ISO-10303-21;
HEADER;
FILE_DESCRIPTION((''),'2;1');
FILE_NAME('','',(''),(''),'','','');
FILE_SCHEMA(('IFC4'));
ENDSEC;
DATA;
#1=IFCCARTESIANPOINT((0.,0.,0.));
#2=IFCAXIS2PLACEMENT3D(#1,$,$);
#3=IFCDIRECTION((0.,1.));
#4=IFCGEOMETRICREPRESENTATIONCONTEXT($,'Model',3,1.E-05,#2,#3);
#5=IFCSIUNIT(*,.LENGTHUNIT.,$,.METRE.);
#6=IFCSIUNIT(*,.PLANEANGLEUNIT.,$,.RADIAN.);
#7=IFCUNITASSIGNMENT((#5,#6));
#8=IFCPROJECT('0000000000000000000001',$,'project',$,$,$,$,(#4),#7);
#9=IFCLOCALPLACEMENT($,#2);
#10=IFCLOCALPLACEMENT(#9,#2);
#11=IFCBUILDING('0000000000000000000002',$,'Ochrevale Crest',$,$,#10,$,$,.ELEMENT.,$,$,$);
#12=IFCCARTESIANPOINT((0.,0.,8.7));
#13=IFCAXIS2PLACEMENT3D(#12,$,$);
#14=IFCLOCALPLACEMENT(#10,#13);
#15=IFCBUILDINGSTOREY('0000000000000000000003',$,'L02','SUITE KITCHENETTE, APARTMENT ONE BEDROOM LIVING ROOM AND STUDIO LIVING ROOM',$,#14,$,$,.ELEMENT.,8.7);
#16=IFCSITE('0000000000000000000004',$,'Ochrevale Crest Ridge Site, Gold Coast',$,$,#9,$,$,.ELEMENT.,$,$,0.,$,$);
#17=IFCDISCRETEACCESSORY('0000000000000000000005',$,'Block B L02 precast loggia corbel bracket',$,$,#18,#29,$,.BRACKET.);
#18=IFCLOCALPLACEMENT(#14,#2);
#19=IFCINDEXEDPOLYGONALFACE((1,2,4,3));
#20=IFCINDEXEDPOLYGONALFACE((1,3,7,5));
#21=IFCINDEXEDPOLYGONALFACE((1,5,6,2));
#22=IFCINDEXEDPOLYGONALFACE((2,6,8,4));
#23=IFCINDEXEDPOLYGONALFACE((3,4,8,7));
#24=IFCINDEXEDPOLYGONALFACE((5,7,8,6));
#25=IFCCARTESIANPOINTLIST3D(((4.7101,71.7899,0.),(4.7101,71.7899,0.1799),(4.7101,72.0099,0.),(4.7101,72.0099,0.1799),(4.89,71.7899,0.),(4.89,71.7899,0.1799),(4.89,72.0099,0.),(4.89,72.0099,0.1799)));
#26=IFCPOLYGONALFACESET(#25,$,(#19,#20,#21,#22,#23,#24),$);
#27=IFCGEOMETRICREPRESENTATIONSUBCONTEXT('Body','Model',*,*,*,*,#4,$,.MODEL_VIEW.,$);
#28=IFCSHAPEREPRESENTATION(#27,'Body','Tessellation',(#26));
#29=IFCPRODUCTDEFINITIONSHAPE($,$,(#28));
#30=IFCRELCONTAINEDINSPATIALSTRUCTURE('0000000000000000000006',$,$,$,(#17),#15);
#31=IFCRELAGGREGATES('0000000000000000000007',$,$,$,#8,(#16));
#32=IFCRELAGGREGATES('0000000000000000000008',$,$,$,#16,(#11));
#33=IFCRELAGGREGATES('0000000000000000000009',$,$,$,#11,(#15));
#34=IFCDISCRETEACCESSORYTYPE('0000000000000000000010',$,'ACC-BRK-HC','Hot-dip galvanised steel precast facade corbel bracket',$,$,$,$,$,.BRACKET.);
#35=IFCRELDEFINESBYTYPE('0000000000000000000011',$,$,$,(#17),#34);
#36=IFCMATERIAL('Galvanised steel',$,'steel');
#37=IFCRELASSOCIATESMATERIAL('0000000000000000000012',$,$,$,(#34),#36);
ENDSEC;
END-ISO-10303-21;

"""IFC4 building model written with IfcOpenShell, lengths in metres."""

from ifc_helpers import new_model, si_unit, direction, frame, origin, origin_2d, place, context, subcontext, project, spatial, rectangle, extrude, material, type_object, element, save


model = new_model("IFC4")

# Units and contexts
model_context = context("Model", 3, precision=1e-05, world=origin(), true_north=direction((0.0, 1.0)))
body_context = subcontext(model_context, "Body", "Model", "MODEL_VIEW")
ifc_project = project(units=[si_unit("LENGTHUNIT", "METRE"), si_unit("PLANEANGLEUNIT", "RADIAN")], contexts=[model_context])

# Site, building, storey
site_placement = place(None, origin())
site = spatial("IfcSite", under=ifc_project, at=site_placement, Name="Ochrevale Crest Ridge Site, Gold Coast", CompositionType="ELEMENT", RefElevation=0.0)
building_placement = place(site_placement, origin())
building = spatial("IfcBuilding", under=site, at=building_placement, Name="Ochrevale Crest", CompositionType="ELEMENT")
storey_placement = place(building_placement, frame((0.0, 0.0, 8.7)))
storey = spatial("IfcBuildingStorey", under=building, at=storey_placement, Name="L02", Description="SUITE KITCHENETTE, APARTMENT ONE BEDROOM LIVING ROOM AND STUDIO LIVING ROOM", CompositionType="ELEMENT", Elevation=8.7)

# Shared definitions
ifc_material_1 = material(Name="Galvanised steel", Category="steel")

# Discrete accessory
discrete_accessory_type = type_object("IfcDiscreteAccessoryType", Name="ACC-BRK-HC", Description="Hot-dip galvanised steel precast facade corbel bracket", PredefinedType="BRACKET", material=ifc_material_1)
discrete_accessory_placement = place(storey_placement, frame((4.8, 71.8999, 0.0), z_axis=(0.0, 0.0, 1.0), x_axis=(1.0, 0.0, 0.0)))
element("IfcDiscreteAccessory", 1, at=discrete_accessory_placement, inside=storey, type_object=discrete_accessory_type, Name="Block B L02 precast loggia corbel bracket", PredefinedType="BRACKET", context=body_context, shape_type="SweptSolid", body=[
    extrude(rectangle(XDim=0.1799, YDim=0.22, at=origin_2d()), origin(), (0.0, 0.0, 1.0), 0.1799),
])

save(model, "model.ifc")
